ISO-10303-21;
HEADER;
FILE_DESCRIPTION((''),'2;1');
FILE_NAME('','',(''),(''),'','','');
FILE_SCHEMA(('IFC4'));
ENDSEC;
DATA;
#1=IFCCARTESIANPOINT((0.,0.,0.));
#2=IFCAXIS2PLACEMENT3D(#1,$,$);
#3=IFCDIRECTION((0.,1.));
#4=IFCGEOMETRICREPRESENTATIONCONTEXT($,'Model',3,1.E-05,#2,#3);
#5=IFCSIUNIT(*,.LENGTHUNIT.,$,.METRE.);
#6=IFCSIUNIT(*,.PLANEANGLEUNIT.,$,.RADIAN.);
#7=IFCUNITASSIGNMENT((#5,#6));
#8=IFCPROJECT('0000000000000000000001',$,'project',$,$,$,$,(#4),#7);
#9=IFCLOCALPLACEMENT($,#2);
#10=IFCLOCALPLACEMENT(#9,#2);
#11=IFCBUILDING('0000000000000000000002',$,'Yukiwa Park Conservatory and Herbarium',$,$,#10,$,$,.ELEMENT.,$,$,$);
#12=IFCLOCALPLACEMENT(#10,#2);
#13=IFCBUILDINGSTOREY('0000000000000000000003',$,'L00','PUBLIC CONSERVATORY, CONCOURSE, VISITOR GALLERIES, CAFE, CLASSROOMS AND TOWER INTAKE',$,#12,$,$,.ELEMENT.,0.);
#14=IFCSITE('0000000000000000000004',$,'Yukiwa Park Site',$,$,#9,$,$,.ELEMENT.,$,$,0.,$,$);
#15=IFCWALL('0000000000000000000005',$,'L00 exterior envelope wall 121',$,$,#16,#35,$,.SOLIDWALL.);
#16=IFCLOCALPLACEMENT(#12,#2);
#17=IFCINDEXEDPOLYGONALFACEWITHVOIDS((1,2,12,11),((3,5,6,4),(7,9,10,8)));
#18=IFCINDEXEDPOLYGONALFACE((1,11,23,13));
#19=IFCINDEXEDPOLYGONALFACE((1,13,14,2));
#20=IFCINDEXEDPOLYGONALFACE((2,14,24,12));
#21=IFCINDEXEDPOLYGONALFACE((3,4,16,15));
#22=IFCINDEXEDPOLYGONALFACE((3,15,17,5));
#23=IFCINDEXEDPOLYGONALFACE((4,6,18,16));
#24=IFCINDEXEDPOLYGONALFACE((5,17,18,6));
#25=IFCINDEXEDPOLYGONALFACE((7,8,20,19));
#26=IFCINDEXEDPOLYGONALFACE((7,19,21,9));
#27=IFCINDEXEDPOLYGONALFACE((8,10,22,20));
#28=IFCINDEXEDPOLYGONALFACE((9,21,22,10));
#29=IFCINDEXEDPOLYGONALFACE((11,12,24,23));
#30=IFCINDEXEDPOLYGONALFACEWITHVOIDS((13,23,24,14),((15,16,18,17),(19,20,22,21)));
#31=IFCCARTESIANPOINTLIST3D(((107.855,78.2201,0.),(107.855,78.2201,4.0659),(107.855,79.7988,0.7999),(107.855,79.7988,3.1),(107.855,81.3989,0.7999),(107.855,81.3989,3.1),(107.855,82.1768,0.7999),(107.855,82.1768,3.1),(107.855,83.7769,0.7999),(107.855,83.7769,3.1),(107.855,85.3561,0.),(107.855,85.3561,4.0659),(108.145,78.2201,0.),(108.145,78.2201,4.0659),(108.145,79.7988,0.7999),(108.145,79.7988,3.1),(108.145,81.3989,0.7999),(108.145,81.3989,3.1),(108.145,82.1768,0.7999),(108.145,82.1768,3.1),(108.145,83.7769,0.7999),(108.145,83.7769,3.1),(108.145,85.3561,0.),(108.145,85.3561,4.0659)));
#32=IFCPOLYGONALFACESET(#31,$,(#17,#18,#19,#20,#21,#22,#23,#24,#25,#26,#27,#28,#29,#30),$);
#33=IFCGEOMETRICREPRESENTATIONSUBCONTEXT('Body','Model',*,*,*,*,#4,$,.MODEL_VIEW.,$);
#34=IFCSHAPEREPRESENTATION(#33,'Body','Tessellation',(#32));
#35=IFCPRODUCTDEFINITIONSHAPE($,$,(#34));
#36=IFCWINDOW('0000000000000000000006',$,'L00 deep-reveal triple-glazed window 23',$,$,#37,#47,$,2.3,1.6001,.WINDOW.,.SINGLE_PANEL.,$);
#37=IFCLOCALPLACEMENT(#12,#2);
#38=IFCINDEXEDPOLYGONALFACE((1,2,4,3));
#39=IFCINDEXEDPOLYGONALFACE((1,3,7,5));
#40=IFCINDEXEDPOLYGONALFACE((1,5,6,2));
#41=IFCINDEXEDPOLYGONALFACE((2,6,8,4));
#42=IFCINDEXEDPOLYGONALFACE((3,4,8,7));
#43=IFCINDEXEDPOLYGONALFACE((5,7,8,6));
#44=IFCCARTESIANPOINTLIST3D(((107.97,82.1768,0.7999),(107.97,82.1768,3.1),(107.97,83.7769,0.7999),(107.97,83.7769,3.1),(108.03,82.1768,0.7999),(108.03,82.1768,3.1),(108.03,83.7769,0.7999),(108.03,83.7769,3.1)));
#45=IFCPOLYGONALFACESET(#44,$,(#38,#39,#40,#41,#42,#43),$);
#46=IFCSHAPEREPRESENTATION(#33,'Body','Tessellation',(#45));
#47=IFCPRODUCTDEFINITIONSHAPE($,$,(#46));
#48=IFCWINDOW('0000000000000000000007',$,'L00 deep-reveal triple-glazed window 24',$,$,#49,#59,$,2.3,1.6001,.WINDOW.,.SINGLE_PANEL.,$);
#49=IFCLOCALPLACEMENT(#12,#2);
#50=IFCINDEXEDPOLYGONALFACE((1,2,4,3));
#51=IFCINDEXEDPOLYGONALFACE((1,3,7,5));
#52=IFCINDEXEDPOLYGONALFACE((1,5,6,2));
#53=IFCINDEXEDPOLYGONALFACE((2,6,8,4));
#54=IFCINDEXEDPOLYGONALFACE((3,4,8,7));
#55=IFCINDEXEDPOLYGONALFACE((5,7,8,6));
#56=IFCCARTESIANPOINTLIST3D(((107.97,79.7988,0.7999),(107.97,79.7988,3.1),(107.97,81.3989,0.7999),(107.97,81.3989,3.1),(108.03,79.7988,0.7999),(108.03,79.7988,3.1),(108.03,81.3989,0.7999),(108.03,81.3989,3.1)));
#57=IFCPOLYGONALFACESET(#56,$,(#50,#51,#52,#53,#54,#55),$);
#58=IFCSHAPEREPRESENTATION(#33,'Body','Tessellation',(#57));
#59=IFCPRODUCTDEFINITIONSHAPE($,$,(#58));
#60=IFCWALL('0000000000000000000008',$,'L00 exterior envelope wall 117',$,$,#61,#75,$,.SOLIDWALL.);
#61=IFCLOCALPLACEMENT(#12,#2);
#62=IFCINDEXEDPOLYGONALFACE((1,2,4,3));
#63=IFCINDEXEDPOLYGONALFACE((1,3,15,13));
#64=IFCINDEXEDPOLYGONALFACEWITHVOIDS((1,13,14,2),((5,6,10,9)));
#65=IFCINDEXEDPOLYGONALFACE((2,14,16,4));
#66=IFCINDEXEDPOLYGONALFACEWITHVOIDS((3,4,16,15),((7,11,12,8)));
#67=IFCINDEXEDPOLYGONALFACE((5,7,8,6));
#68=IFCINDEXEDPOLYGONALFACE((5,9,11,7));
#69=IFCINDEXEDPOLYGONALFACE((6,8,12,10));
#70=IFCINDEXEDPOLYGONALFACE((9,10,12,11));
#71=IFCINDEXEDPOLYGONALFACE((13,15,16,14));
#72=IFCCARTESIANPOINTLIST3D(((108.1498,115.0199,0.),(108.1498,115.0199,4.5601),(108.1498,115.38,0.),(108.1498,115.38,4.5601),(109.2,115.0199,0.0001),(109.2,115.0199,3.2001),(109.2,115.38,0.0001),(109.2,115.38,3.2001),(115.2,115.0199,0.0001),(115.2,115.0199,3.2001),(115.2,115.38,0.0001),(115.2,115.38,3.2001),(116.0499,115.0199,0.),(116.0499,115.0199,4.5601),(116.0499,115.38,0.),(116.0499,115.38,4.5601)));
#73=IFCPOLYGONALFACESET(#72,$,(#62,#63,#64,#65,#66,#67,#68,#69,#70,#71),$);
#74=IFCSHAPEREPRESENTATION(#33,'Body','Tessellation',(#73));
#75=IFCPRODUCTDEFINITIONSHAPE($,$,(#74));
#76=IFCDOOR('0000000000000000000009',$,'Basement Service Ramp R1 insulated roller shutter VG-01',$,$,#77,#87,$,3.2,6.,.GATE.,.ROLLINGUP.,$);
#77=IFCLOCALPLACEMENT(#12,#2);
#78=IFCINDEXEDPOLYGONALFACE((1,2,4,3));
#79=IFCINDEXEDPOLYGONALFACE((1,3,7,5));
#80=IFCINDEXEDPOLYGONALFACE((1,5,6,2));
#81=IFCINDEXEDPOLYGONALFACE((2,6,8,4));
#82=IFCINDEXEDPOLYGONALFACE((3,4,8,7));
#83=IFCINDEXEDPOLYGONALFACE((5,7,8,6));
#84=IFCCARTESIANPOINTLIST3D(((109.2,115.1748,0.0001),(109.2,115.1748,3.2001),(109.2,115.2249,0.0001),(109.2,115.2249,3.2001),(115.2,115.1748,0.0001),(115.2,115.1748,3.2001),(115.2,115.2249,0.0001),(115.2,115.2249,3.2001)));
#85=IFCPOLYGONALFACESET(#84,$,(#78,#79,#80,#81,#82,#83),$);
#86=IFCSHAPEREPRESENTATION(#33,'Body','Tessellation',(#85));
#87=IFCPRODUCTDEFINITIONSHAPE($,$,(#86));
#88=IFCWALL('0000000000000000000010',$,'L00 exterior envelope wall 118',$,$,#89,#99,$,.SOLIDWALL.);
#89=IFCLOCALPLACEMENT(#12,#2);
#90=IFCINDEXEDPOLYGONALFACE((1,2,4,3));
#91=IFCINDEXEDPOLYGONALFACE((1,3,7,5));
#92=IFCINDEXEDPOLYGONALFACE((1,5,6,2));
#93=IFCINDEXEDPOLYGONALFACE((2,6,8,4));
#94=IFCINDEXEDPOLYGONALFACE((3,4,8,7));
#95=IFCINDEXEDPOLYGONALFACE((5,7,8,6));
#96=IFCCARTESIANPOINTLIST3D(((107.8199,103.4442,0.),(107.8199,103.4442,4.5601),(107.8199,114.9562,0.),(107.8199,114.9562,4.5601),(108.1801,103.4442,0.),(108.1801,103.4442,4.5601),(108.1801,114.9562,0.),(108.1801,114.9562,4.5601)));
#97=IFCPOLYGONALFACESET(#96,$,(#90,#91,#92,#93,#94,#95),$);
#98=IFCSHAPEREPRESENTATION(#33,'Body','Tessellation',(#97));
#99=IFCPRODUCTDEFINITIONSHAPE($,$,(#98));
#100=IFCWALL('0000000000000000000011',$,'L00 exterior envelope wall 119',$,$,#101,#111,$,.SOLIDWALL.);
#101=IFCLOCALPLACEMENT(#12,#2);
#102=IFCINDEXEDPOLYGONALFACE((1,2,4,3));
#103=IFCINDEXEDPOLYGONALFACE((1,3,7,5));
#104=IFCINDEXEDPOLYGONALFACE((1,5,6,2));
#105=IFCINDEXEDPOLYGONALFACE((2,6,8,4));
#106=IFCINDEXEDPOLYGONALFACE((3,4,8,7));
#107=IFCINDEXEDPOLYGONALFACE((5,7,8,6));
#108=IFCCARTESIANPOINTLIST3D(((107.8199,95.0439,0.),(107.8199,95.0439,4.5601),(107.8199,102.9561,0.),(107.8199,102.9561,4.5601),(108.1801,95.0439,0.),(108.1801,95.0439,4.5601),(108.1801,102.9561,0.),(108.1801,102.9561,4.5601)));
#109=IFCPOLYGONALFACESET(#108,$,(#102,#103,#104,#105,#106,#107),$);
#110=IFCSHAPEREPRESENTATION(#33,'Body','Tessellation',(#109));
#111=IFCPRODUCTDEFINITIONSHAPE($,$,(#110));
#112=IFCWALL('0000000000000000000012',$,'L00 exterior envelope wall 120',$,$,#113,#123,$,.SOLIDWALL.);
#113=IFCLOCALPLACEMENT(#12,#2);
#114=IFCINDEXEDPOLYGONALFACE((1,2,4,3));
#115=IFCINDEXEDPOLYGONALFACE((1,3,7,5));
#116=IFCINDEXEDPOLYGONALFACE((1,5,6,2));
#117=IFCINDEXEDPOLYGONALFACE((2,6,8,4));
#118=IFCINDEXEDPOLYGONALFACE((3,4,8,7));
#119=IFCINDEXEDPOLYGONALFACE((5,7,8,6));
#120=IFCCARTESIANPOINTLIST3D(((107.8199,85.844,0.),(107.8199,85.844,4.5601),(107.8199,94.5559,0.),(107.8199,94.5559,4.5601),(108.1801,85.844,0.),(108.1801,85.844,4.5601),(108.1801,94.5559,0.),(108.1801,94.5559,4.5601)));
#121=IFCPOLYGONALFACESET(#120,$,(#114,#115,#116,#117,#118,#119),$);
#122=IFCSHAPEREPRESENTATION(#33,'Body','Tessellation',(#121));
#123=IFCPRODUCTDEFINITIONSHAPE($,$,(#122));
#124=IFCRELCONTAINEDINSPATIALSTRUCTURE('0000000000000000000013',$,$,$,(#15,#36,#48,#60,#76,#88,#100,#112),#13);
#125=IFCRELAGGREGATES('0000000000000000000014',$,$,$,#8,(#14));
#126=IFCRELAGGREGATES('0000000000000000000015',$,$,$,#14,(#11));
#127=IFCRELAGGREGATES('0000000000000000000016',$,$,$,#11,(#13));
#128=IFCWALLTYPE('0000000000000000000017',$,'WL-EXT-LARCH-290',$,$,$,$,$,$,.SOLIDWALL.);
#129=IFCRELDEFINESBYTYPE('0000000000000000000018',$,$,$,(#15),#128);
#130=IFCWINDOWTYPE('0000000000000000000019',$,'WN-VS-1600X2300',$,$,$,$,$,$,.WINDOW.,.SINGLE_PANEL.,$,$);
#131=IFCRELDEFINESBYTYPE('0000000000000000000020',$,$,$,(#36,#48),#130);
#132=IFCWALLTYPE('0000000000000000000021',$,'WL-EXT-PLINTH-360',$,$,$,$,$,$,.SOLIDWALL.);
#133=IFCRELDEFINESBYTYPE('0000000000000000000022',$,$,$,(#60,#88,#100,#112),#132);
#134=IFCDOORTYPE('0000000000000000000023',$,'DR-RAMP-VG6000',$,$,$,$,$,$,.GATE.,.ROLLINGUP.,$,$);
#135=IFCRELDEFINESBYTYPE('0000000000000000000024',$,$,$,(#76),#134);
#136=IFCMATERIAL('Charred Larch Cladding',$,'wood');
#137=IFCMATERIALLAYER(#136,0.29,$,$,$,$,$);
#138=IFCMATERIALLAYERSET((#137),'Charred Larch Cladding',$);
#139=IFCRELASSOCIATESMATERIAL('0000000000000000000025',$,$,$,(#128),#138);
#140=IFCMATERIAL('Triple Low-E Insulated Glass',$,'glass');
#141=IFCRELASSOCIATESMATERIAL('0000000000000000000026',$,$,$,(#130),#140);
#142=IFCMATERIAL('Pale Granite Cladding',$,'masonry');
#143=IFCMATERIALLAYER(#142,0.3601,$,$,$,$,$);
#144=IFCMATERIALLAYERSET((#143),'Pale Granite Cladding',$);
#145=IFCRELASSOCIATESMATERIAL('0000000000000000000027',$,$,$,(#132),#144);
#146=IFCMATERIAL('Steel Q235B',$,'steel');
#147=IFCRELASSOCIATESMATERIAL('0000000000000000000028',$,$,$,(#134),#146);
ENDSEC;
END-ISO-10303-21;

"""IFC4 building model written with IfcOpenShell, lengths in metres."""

from ifc_helpers import new_model, si_unit, direction, frame, frame_2d, origin, place, context, subcontext, project, spatial, rectangle, extrude, material, layer, layer_set, type_object, element, fill, save


model = new_model("IFC4")

# Units and contexts
model_context = context("Model", 3, precision=1e-05, world=origin(), true_north=direction((0.0, 1.0)))
body_context = subcontext(model_context, "Body", "Model", "MODEL_VIEW")
ifc_project = project(units=[si_unit("LENGTHUNIT", "METRE"), si_unit("PLANEANGLEUNIT", "RADIAN")], contexts=[model_context])

# Site, building, storey
site_placement = place(None, origin())
site = spatial("IfcSite", under=ifc_project, at=site_placement, Name="Yukiwa Park Site", CompositionType="ELEMENT", RefElevation=0.0)
building_placement = place(site_placement, origin())
building = spatial("IfcBuilding", under=site, at=building_placement, Name="Yukiwa Park Conservatory and Herbarium", CompositionType="ELEMENT")
storey_placement = place(building_placement, origin())
storey = spatial("IfcBuildingStorey", under=building, at=storey_placement, Name="L00", Description="PUBLIC CONSERVATORY, CONCOURSE, VISITOR GALLERIES, CAFE, CLASSROOMS AND TOWER INTAKE", CompositionType="ELEMENT", Elevation=0.0)

# Wall, openings, windows
ifc_material_1 = material(Name="Charred Larch Cladding", Category="wood")
ifc_layer_1 = layer(ifc_material_1, 0.29)
ifc_layer_set_1 = layer_set([ifc_layer_1], Name="Charred Larch Cladding")
wall_type_1 = type_object("IfcWallType", Name="WL-EXT-LARCH-290", PredefinedType="SOLIDWALL", material=ifc_layer_set_1)
wall_1_placement = place(storey_placement, frame((108.0, 85.356, 0.0), z_axis=(0.0, 0.0, 1.0), x_axis=(0.0, -1.0, 0.0)))
wall_1 = element("IfcWall", 1, at=wall_1_placement, inside=storey, type_object=wall_type_1, Name="L00 exterior envelope wall 121", PredefinedType="SOLIDWALL", context=body_context, shape_type="SweptSolid", body=[
    extrude(rectangle(XDim=7.136, YDim=0.29, at=frame_2d((3.5679, 0.0))), origin(), (0.0, 0.0, 1.0), 4.0659),
])
opening_1_placement = place(wall_1_placement, frame((1.5791, 0.0, 0.8)))
opening_1 = element("IfcOpeningElement", 2, at=opening_1_placement, cuts=wall_1, PredefinedType="OPENING", context=body_context, shape_type="SweptSolid", body=[
    extrude(rectangle(XDim=1.6001, YDim=2.3, at=frame_2d((0.8, 1.1499))), frame((0.0, 0.155, 0.0), z_axis=(0.0, -1.0, 0.0), x_axis=(1.0, 0.0, 0.0)), (0.0, 0.0, 1.0), 0.3101),
])
opening_2_placement = place(wall_1_placement, frame((3.957, 0.0, 0.8)))
opening_2 = element("IfcOpeningElement", 3, at=opening_2_placement, cuts=wall_1, PredefinedType="OPENING", context=body_context, shape_type="SweptSolid", body=[
    extrude(rectangle(XDim=1.6001, YDim=2.3, at=frame_2d((0.8, 1.1499))), frame((0.0, 0.155, 0.0), z_axis=(0.0, -1.0, 0.0), x_axis=(1.0, 0.0, 0.0)), (0.0, 0.0, 1.0), 0.3101),
])
ifc_material_2 = material(Name="Triple Low-E Insulated Glass", Category="glass")
window_type = type_object("IfcWindowType", Name="WN-VS-1600X2300", PartitioningType="SINGLE_PANEL", PredefinedType="WINDOW", material=ifc_material_2)
window_1_placement = place(opening_1_placement, origin())
window_1 = element("IfcWindow", 4, at=window_1_placement, inside=storey, type_object=window_type, Name="L00 deep-reveal triple-glazed window 23", OverallHeight=2.3, OverallWidth=1.6001, PartitioningType="SINGLE_PANEL", PredefinedType="WINDOW", context=body_context, shape_type="SweptSolid", body=[
    extrude(rectangle(XDim=1.6001, YDim=2.3, at=frame_2d((0.8, 1.1499))), frame((0.0, 0.03, 0.0), z_axis=(0.0, -1.0, 0.0), x_axis=(1.0, 0.0, 0.0)), (0.0, 0.0, 1.0), 0.0601),
])
fill(opening_1, window_1)
window_2_placement = place(opening_2_placement, origin())
window_2 = element("IfcWindow", 5, at=window_2_placement, inside=storey, type_object=window_type, Name="L00 deep-reveal triple-glazed window 24", OverallHeight=2.3, OverallWidth=1.6001, PartitioningType="SINGLE_PANEL", PredefinedType="WINDOW", context=body_context, shape_type="SweptSolid", body=[
    extrude(rectangle(XDim=1.6001, YDim=2.3, at=frame_2d((0.8, 1.1499))), frame((0.0, 0.03, 0.0), z_axis=(0.0, -1.0, 0.0), x_axis=(1.0, 0.0, 0.0)), (0.0, 0.0, 1.0), 0.0601),
])
fill(opening_2, window_2)

# Wall, opening, door
ifc_material_3 = material(Name="Pale Granite Cladding", Category="masonry")
ifc_layer_2 = layer(ifc_material_3, 0.3601)
ifc_layer_set_2 = layer_set([ifc_layer_2], Name="Pale Granite Cladding")
wall_type_2 = type_object("IfcWallType", Name="WL-EXT-PLINTH-360", PredefinedType="SOLIDWALL", material=ifc_layer_set_2)
wall_2_placement = place(storey_placement, frame((116.05, 115.2, 0.0), z_axis=(0.0, 0.0, 1.0), x_axis=(-1.0, 0.0, 0.0)))
wall_2 = element("IfcWall", 6, at=wall_2_placement, inside=storey, type_object=wall_type_2, Name="L00 exterior envelope wall 117", PredefinedType="SOLIDWALL", context=body_context, shape_type="SweptSolid", body=[
    extrude(rectangle(XDim=7.9001, YDim=0.3601, at=frame_2d((3.9502, 0.0))), origin(), (0.0, 0.0, 1.0), 4.5601),
])
opening_3_placement = place(wall_2_placement, frame((0.8501, 0.0, 0.0)))
opening_3 = element("IfcOpeningElement", 7, at=opening_3_placement, cuts=wall_2, PredefinedType="OPENING", context=body_context, shape_type="SweptSolid", body=[
    extrude(rectangle(XDim=6.0, YDim=3.2, at=frame_2d((3.0, 1.6001))), frame((0.0, 0.1899, 0.0), z_axis=(0.0, -1.0, 0.0), x_axis=(1.0, 0.0, 0.0)), (0.0, 0.0, 1.0), 0.3801),
])
ifc_material_4 = material(Name="Steel Q235B", Category="steel")
door_type = type_object("IfcDoorType", Name="DR-RAMP-VG6000", OperationType="ROLLINGUP", PredefinedType="GATE", material=ifc_material_4)
door_placement = place(opening_3_placement, frame((6.0, 0.0, 0.0), z_axis=(0.0, 0.0, 1.0), x_axis=(-1.0, 0.0, 0.0)))
door = element("IfcDoor", 8, at=door_placement, inside=storey, type_object=door_type, Name="Basement Service Ramp R1 insulated roller shutter VG-01", OperationType="ROLLINGUP", OverallHeight=3.2, OverallWidth=6.0, PredefinedType="GATE", context=body_context, shape_type="SweptSolid", body=[
    extrude(rectangle(XDim=6.0, YDim=3.2, at=frame_2d((3.0, 1.6001))), frame((0.0, 0.0249, 0.0), z_axis=(0.0, -1.0, 0.0), x_axis=(1.0, 0.0, 0.0)), (0.0, 0.0, 1.0), 0.05),
])
fill(opening_3, door)

# Walls
wall_3_placement = place(storey_placement, frame((108.0, 114.9561, 0.0), z_axis=(0.0, 0.0, 1.0), x_axis=(0.0, -1.0, 0.0)))
element("IfcWall", 9, at=wall_3_placement, inside=storey, type_object=wall_type_2, Name="L00 exterior envelope wall 118", PredefinedType="SOLIDWALL", context=body_context, shape_type="SweptSolid", body=[
    extrude(rectangle(XDim=11.512, YDim=0.3601, at=frame_2d((5.7559, 0.0))), origin(), (0.0, 0.0, 1.0), 4.5601),
])
wall_4_placement = place(storey_placement, frame((108.0, 102.9561, 0.0), z_axis=(0.0, 0.0, 1.0), x_axis=(0.0, -1.0, 0.0)))
element("IfcWall", 10, at=wall_4_placement, inside=storey, type_object=wall_type_2, Name="L00 exterior envelope wall 119", PredefinedType="SOLIDWALL", context=body_context, shape_type="SweptSolid", body=[
    extrude(rectangle(XDim=7.9121, YDim=0.3601, at=frame_2d((3.9561, 0.0))), origin(), (0.0, 0.0, 1.0), 4.5601),
])
wall_5_placement = place(storey_placement, frame((108.0, 94.5559, 0.0), z_axis=(0.0, 0.0, 1.0), x_axis=(0.0, -1.0, 0.0)))
element("IfcWall", 11, at=wall_5_placement, inside=storey, type_object=wall_type_2, Name="L00 exterior envelope wall 120", PredefinedType="SOLIDWALL", context=body_context, shape_type="SweptSolid", body=[
    extrude(rectangle(XDim=8.7119, YDim=0.3601, at=frame_2d((4.356, 0.0))), origin(), (0.0, 0.0, 1.0), 4.5601),
])

save(model, "model.ifc")
